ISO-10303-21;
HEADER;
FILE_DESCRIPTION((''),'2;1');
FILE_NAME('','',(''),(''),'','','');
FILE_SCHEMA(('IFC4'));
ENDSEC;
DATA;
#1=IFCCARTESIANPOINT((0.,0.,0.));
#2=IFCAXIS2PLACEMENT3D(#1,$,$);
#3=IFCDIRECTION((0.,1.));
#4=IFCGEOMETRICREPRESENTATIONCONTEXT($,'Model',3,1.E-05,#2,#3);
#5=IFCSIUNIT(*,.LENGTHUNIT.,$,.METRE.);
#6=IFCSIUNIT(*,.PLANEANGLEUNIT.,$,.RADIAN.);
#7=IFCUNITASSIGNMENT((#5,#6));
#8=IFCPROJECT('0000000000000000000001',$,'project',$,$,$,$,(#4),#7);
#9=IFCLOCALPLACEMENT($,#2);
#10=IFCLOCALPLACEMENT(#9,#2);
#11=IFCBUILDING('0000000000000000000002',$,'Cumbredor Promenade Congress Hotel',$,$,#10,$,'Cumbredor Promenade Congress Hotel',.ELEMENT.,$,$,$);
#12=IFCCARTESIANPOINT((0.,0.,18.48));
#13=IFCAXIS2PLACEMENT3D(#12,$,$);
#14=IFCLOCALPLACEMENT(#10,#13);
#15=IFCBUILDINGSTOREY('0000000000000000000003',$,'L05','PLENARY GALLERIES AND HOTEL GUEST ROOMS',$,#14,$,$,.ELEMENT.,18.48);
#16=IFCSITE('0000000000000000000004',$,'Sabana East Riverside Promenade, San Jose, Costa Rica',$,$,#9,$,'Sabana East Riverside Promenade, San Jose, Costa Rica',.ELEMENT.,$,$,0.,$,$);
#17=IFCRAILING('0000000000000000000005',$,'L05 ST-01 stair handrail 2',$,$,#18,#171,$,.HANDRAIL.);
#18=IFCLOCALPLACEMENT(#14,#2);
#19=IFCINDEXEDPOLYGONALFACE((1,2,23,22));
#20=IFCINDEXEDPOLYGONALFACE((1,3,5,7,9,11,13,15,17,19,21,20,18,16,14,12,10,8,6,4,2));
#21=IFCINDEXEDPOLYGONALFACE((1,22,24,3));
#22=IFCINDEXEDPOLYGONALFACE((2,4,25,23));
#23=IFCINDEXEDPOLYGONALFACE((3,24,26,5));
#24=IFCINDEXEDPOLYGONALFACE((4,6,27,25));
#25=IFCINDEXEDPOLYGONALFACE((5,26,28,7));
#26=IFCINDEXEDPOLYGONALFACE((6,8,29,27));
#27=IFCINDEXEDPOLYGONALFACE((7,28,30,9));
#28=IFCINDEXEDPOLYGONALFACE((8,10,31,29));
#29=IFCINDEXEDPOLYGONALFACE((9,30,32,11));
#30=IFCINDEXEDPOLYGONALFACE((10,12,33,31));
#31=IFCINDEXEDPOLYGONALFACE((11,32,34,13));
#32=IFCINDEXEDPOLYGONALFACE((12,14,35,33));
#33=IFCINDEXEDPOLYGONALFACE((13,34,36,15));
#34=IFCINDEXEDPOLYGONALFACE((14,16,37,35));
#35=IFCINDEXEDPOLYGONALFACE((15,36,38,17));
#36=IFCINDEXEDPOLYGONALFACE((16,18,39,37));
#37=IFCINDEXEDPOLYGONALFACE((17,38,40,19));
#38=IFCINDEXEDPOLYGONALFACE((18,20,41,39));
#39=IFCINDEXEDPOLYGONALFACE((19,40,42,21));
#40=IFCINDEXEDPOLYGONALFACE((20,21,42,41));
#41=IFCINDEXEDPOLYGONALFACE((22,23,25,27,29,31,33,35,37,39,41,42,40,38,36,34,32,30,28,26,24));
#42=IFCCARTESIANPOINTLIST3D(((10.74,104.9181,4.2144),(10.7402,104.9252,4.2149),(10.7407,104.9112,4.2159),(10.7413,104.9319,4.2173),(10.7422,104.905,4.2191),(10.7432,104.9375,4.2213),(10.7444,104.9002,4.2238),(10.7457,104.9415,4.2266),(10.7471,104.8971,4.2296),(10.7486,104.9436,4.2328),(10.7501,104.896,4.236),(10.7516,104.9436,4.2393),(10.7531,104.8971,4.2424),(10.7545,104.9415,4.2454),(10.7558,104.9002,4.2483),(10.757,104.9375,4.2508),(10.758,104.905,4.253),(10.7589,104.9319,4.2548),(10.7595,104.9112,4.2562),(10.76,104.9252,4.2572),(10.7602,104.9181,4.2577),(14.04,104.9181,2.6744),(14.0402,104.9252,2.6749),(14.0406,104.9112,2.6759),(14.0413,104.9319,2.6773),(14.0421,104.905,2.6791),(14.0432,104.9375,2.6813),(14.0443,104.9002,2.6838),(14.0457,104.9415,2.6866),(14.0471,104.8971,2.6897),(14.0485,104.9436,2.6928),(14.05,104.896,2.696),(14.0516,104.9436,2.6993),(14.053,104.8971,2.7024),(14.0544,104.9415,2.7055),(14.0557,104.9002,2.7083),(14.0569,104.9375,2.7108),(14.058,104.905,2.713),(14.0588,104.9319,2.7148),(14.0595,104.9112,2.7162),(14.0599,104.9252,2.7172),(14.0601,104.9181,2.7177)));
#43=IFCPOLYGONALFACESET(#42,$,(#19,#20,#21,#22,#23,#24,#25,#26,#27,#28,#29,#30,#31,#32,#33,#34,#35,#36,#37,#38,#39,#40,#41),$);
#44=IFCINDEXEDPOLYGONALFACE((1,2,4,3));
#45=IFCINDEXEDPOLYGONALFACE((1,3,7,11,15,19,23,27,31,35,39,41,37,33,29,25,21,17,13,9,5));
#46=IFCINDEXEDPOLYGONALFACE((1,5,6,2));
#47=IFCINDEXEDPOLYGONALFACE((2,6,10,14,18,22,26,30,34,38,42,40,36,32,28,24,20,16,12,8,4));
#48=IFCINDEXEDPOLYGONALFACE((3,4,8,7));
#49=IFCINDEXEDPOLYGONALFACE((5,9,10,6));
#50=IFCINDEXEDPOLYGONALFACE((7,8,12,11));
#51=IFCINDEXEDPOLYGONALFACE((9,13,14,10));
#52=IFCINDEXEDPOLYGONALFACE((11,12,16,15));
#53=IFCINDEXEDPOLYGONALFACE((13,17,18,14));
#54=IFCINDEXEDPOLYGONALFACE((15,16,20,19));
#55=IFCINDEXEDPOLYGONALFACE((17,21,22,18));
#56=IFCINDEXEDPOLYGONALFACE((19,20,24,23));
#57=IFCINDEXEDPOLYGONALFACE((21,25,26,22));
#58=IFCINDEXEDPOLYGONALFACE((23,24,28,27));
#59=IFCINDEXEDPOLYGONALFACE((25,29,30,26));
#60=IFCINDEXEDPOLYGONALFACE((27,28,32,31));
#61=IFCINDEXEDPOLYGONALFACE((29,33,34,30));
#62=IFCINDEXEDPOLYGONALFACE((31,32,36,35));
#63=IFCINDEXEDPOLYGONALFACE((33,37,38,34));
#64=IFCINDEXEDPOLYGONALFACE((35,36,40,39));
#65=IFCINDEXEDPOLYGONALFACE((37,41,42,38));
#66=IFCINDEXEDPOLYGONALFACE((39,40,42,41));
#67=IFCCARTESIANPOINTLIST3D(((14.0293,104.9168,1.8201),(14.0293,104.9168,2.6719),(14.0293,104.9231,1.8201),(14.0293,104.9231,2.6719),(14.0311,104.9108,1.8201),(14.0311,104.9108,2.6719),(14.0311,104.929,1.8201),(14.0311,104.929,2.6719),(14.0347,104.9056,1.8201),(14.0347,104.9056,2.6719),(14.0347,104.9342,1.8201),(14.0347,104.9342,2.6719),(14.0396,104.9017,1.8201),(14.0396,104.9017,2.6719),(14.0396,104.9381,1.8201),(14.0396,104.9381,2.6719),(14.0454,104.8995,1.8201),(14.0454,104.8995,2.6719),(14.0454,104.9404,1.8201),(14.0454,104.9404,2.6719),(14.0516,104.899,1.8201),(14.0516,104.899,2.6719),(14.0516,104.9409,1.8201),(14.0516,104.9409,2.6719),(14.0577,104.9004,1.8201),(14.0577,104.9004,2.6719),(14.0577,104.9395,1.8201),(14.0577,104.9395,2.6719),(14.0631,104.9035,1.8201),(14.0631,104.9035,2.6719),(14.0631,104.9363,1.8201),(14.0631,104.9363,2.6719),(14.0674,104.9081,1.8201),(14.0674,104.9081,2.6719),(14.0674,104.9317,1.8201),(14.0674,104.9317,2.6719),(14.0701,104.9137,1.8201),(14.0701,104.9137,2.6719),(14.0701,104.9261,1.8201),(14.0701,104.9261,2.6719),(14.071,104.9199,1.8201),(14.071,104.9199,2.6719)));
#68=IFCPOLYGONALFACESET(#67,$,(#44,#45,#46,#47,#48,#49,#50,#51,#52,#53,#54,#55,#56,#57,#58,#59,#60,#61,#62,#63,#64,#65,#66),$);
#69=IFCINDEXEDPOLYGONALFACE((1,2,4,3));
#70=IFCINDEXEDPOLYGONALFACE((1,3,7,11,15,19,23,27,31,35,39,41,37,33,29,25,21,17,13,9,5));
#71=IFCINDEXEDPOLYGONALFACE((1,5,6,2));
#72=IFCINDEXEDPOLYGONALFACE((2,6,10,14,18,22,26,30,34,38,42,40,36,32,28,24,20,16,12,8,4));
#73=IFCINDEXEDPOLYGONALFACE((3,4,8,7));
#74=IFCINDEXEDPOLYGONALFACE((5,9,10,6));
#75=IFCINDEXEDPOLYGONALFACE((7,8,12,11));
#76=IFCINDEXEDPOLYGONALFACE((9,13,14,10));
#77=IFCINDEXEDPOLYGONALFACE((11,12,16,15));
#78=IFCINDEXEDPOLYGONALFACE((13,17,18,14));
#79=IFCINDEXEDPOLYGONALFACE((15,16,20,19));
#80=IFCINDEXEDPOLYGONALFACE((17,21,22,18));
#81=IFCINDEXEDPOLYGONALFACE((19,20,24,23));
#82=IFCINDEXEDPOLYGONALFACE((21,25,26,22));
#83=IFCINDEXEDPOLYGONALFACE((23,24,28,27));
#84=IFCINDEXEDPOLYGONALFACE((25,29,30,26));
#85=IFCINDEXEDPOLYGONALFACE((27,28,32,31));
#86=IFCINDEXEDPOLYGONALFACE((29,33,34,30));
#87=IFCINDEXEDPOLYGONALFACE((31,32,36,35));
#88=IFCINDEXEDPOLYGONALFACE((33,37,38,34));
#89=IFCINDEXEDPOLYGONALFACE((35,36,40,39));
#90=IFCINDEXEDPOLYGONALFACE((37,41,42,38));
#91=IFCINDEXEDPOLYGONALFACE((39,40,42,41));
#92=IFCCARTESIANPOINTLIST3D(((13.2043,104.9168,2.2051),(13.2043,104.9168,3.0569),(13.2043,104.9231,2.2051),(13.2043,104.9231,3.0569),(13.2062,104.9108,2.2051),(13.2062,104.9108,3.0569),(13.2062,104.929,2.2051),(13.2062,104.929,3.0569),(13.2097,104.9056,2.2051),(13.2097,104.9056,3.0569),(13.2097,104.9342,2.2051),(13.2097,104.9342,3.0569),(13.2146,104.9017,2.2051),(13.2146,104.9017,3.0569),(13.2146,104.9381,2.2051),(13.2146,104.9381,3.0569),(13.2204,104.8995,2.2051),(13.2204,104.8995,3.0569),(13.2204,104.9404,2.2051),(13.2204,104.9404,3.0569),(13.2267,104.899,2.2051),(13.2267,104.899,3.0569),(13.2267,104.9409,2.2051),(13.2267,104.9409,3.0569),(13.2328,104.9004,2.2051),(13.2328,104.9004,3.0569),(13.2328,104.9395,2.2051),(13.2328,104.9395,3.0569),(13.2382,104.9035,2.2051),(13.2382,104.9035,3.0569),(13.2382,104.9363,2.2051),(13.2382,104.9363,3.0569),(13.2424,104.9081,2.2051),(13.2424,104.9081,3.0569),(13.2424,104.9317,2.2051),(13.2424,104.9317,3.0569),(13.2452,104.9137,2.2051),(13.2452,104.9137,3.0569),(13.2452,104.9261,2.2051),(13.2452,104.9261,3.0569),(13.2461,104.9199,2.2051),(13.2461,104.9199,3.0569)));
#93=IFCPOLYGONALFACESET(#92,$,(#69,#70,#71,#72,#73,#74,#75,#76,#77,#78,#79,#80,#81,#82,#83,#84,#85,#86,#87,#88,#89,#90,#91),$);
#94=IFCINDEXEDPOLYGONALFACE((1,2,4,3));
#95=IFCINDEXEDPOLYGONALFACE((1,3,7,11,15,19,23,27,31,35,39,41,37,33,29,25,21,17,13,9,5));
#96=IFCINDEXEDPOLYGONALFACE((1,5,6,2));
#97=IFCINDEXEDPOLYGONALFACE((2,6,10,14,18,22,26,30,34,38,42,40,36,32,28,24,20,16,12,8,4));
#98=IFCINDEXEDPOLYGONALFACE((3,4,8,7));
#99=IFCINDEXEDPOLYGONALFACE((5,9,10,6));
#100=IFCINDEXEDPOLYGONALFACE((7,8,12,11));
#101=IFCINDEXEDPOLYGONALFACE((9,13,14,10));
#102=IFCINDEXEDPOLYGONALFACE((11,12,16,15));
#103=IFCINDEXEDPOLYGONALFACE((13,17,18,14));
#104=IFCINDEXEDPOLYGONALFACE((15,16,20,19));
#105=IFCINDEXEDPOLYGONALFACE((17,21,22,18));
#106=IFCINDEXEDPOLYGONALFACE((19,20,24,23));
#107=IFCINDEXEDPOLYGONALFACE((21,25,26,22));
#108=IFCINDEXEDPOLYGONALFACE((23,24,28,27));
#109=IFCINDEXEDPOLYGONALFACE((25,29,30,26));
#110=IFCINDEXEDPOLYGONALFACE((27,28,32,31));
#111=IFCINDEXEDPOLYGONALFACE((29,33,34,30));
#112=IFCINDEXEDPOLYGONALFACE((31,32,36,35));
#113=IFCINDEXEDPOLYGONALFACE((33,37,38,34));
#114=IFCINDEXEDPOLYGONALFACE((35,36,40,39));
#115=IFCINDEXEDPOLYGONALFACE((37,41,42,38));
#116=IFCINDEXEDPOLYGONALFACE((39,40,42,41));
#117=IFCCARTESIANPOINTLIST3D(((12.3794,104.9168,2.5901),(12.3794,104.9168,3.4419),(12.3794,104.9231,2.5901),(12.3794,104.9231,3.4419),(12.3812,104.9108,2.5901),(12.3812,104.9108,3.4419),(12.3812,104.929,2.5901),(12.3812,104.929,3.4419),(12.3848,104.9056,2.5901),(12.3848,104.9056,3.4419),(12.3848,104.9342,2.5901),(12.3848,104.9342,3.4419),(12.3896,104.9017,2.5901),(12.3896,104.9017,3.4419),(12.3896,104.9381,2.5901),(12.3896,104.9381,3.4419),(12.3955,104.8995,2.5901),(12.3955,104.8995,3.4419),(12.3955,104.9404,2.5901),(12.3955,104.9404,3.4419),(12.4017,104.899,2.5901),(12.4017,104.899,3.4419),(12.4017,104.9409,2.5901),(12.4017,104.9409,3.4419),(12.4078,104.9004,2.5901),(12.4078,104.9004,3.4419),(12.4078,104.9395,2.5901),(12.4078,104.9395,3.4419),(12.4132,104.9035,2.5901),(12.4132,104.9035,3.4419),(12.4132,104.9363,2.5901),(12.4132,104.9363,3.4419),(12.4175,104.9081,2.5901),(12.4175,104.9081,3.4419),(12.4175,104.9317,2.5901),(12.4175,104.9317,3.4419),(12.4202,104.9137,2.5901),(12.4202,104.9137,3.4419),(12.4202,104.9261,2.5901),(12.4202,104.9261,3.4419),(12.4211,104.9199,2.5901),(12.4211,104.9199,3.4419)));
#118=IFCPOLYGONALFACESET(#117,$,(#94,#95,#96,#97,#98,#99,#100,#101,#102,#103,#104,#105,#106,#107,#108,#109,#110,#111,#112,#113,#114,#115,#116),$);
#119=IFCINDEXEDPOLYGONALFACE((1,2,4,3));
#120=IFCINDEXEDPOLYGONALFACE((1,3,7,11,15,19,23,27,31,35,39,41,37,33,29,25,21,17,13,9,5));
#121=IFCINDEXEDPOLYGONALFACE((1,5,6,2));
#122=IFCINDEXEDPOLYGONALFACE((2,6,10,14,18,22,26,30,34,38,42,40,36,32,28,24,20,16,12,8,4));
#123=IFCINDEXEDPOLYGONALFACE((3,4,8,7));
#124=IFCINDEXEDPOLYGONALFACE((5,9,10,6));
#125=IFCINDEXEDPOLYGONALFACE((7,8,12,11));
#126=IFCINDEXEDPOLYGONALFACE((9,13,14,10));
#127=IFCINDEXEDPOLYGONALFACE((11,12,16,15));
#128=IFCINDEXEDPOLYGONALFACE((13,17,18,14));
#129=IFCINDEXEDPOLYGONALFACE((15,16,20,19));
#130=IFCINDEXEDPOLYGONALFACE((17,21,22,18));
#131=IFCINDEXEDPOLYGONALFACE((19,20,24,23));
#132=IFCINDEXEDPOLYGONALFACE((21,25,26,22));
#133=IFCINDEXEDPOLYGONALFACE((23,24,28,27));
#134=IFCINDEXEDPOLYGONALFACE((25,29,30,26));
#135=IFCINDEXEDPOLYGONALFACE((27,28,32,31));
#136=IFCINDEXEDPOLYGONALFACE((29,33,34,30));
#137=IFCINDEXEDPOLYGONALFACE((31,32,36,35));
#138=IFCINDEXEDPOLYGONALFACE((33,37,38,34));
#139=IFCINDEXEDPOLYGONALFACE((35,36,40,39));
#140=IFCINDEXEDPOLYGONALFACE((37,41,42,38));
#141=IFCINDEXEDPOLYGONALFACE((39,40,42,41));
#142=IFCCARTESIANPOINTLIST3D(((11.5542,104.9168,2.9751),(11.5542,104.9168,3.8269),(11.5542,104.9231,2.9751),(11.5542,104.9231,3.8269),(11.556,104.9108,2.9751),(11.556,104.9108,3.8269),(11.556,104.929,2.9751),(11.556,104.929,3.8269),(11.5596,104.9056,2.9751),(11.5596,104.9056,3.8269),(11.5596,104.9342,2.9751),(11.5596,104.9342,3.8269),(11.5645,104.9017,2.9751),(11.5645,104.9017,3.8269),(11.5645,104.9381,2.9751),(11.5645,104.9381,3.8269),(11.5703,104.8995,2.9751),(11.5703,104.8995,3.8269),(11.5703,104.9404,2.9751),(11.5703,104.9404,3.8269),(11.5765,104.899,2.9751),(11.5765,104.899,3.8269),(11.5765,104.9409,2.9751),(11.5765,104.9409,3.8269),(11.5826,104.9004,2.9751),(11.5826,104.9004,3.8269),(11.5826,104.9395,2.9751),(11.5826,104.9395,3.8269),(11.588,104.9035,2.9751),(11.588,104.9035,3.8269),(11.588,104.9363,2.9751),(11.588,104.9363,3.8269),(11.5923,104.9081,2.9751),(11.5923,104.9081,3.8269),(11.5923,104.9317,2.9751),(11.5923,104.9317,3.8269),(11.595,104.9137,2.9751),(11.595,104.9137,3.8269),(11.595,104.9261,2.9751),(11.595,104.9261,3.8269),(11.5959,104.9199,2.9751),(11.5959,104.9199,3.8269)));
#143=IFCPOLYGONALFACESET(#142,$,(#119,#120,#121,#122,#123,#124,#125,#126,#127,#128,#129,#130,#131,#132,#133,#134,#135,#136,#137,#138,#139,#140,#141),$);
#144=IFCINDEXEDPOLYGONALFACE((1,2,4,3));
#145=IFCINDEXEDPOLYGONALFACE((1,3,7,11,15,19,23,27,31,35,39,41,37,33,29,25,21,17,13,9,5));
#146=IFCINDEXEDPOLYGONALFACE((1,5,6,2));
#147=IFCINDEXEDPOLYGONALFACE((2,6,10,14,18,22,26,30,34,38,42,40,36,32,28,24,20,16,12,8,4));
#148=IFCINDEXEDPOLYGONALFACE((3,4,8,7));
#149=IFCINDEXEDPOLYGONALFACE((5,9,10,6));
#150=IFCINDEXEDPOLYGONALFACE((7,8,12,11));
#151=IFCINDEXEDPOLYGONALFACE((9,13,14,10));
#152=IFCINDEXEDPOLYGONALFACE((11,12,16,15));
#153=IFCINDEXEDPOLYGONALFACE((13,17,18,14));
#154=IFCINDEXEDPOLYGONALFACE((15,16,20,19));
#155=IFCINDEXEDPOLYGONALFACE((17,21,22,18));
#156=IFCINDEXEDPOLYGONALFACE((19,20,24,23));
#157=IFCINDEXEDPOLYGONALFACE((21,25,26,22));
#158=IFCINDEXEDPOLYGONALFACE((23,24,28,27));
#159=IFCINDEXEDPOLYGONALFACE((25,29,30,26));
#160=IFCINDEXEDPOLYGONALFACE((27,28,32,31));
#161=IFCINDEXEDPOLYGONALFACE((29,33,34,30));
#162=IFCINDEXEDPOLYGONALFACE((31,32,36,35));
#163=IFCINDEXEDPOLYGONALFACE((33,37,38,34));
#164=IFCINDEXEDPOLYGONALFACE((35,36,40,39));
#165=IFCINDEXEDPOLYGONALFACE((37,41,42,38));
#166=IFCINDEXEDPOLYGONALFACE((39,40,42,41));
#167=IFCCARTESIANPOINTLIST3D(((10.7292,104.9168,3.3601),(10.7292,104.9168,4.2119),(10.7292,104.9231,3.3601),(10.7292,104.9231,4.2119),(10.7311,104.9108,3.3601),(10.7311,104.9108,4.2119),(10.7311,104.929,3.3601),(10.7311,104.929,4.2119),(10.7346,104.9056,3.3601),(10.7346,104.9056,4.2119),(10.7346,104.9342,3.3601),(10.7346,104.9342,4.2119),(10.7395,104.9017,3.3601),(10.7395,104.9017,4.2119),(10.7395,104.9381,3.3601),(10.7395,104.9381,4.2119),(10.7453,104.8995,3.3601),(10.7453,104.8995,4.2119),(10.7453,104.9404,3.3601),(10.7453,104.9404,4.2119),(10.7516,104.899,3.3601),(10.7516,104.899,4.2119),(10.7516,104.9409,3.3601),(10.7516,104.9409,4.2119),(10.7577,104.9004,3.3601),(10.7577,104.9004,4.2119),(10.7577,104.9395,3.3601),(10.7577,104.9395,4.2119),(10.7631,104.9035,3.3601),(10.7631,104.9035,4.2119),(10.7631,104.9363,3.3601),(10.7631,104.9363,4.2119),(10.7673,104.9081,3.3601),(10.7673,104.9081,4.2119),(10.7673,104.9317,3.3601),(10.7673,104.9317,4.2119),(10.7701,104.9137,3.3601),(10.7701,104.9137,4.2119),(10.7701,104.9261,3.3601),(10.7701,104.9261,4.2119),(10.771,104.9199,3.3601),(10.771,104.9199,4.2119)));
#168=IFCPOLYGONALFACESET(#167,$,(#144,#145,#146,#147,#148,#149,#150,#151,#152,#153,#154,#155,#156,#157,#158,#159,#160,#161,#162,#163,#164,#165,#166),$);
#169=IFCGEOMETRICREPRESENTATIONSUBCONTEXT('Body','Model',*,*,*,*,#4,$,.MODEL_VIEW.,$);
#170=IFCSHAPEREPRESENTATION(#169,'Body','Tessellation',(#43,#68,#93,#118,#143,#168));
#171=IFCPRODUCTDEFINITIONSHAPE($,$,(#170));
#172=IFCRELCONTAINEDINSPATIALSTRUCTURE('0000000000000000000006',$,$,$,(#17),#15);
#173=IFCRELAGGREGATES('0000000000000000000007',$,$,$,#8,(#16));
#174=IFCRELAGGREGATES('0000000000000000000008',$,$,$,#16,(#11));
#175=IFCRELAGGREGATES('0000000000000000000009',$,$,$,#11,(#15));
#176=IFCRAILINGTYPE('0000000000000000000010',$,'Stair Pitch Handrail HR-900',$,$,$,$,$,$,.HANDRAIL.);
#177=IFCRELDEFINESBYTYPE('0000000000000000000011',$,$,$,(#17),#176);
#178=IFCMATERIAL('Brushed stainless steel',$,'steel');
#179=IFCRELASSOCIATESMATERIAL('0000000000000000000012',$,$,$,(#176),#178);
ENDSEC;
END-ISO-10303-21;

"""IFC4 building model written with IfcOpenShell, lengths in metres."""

from ifc_helpers import new_model, si_unit, direction, frame, origin, origin_2d, place, context, subcontext, project, spatial, circle, extrude, material, type_object, element, save


model = new_model("IFC4")

# Units and contexts
model_context = context("Model", 3, precision=1e-05, world=origin(), true_north=direction((0.0, 1.0)))
body_context = subcontext(model_context, "Body", "Model", "MODEL_VIEW")
ifc_project = project(units=[si_unit("LENGTHUNIT", "METRE"), si_unit("PLANEANGLEUNIT", "RADIAN")], contexts=[model_context])

# Site, building, storey
site_placement = place(None, origin())
site = spatial("IfcSite", under=ifc_project, at=site_placement, Name="Sabana East Riverside Promenade, San Jose, Costa Rica", LongName="Sabana East Riverside Promenade, San Jose, Costa Rica", CompositionType="ELEMENT", RefElevation=0.0)
building_placement = place(site_placement, origin())
building = spatial("IfcBuilding", under=site, at=building_placement, Name="Cumbredor Promenade Congress Hotel", LongName="Cumbredor Promenade Congress Hotel", CompositionType="ELEMENT")
storey_placement = place(building_placement, frame((0.0, 0.0, 18.48)))
storey = spatial("IfcBuildingStorey", under=building, at=storey_placement, Name="L05", Description="PLENARY GALLERIES AND HOTEL GUEST ROOMS", CompositionType="ELEMENT", Elevation=18.48)

# Railing
ifc_material_1 = material(Name="Brushed stainless steel", Category="steel")
railing_type_1 = type_object("IfcRailingType", Name="Stair Pitch Handrail HR-900", PredefinedType="HANDRAIL", material=ifc_material_1)
railing_1_placement = place(storey_placement, frame((14.05, 104.9199, 1.8201)))
element("IfcRailing", 1, at=railing_1_placement, inside=storey, type_object=railing_type_1, Name="L05 ST-01 stair handrail 2", PredefinedType="HANDRAIL", context=body_context, shape_type="SweptSolid", body=[
    extrude(circle(Radius=0.0239, at=origin_2d()), frame((0.0, 0.0, 0.876), z_axis=(-0.906181, 0.0, 0.422889), x_axis=(0.0, -1.0, 0.0)), (0.0, 0.0, 1.0), 3.6416),
    extrude(circle(Radius=0.021, at=origin_2d()), origin(), (0.0, 0.0, 1.0), 0.8518),
    extrude(circle(Radius=0.021, at=origin_2d()), frame((-0.825, 0.0, 0.385)), (0.0, 0.0, 1.0), 0.8518),
    extrude(circle(Radius=0.021, at=origin_2d()), frame((-1.6499, 0.0, 0.77)), (0.0, 0.0, 1.0), 0.8518),
    extrude(circle(Radius=0.021, at=origin_2d()), frame((-2.4751, 0.0, 1.155)), (0.0, 0.0, 1.0), 0.8518),
    extrude(circle(Radius=0.021, at=origin_2d()), frame((-3.3, 0.0, 1.54)), (0.0, 0.0, 1.0), 0.8518),
])

save(model, "model.ifc")
